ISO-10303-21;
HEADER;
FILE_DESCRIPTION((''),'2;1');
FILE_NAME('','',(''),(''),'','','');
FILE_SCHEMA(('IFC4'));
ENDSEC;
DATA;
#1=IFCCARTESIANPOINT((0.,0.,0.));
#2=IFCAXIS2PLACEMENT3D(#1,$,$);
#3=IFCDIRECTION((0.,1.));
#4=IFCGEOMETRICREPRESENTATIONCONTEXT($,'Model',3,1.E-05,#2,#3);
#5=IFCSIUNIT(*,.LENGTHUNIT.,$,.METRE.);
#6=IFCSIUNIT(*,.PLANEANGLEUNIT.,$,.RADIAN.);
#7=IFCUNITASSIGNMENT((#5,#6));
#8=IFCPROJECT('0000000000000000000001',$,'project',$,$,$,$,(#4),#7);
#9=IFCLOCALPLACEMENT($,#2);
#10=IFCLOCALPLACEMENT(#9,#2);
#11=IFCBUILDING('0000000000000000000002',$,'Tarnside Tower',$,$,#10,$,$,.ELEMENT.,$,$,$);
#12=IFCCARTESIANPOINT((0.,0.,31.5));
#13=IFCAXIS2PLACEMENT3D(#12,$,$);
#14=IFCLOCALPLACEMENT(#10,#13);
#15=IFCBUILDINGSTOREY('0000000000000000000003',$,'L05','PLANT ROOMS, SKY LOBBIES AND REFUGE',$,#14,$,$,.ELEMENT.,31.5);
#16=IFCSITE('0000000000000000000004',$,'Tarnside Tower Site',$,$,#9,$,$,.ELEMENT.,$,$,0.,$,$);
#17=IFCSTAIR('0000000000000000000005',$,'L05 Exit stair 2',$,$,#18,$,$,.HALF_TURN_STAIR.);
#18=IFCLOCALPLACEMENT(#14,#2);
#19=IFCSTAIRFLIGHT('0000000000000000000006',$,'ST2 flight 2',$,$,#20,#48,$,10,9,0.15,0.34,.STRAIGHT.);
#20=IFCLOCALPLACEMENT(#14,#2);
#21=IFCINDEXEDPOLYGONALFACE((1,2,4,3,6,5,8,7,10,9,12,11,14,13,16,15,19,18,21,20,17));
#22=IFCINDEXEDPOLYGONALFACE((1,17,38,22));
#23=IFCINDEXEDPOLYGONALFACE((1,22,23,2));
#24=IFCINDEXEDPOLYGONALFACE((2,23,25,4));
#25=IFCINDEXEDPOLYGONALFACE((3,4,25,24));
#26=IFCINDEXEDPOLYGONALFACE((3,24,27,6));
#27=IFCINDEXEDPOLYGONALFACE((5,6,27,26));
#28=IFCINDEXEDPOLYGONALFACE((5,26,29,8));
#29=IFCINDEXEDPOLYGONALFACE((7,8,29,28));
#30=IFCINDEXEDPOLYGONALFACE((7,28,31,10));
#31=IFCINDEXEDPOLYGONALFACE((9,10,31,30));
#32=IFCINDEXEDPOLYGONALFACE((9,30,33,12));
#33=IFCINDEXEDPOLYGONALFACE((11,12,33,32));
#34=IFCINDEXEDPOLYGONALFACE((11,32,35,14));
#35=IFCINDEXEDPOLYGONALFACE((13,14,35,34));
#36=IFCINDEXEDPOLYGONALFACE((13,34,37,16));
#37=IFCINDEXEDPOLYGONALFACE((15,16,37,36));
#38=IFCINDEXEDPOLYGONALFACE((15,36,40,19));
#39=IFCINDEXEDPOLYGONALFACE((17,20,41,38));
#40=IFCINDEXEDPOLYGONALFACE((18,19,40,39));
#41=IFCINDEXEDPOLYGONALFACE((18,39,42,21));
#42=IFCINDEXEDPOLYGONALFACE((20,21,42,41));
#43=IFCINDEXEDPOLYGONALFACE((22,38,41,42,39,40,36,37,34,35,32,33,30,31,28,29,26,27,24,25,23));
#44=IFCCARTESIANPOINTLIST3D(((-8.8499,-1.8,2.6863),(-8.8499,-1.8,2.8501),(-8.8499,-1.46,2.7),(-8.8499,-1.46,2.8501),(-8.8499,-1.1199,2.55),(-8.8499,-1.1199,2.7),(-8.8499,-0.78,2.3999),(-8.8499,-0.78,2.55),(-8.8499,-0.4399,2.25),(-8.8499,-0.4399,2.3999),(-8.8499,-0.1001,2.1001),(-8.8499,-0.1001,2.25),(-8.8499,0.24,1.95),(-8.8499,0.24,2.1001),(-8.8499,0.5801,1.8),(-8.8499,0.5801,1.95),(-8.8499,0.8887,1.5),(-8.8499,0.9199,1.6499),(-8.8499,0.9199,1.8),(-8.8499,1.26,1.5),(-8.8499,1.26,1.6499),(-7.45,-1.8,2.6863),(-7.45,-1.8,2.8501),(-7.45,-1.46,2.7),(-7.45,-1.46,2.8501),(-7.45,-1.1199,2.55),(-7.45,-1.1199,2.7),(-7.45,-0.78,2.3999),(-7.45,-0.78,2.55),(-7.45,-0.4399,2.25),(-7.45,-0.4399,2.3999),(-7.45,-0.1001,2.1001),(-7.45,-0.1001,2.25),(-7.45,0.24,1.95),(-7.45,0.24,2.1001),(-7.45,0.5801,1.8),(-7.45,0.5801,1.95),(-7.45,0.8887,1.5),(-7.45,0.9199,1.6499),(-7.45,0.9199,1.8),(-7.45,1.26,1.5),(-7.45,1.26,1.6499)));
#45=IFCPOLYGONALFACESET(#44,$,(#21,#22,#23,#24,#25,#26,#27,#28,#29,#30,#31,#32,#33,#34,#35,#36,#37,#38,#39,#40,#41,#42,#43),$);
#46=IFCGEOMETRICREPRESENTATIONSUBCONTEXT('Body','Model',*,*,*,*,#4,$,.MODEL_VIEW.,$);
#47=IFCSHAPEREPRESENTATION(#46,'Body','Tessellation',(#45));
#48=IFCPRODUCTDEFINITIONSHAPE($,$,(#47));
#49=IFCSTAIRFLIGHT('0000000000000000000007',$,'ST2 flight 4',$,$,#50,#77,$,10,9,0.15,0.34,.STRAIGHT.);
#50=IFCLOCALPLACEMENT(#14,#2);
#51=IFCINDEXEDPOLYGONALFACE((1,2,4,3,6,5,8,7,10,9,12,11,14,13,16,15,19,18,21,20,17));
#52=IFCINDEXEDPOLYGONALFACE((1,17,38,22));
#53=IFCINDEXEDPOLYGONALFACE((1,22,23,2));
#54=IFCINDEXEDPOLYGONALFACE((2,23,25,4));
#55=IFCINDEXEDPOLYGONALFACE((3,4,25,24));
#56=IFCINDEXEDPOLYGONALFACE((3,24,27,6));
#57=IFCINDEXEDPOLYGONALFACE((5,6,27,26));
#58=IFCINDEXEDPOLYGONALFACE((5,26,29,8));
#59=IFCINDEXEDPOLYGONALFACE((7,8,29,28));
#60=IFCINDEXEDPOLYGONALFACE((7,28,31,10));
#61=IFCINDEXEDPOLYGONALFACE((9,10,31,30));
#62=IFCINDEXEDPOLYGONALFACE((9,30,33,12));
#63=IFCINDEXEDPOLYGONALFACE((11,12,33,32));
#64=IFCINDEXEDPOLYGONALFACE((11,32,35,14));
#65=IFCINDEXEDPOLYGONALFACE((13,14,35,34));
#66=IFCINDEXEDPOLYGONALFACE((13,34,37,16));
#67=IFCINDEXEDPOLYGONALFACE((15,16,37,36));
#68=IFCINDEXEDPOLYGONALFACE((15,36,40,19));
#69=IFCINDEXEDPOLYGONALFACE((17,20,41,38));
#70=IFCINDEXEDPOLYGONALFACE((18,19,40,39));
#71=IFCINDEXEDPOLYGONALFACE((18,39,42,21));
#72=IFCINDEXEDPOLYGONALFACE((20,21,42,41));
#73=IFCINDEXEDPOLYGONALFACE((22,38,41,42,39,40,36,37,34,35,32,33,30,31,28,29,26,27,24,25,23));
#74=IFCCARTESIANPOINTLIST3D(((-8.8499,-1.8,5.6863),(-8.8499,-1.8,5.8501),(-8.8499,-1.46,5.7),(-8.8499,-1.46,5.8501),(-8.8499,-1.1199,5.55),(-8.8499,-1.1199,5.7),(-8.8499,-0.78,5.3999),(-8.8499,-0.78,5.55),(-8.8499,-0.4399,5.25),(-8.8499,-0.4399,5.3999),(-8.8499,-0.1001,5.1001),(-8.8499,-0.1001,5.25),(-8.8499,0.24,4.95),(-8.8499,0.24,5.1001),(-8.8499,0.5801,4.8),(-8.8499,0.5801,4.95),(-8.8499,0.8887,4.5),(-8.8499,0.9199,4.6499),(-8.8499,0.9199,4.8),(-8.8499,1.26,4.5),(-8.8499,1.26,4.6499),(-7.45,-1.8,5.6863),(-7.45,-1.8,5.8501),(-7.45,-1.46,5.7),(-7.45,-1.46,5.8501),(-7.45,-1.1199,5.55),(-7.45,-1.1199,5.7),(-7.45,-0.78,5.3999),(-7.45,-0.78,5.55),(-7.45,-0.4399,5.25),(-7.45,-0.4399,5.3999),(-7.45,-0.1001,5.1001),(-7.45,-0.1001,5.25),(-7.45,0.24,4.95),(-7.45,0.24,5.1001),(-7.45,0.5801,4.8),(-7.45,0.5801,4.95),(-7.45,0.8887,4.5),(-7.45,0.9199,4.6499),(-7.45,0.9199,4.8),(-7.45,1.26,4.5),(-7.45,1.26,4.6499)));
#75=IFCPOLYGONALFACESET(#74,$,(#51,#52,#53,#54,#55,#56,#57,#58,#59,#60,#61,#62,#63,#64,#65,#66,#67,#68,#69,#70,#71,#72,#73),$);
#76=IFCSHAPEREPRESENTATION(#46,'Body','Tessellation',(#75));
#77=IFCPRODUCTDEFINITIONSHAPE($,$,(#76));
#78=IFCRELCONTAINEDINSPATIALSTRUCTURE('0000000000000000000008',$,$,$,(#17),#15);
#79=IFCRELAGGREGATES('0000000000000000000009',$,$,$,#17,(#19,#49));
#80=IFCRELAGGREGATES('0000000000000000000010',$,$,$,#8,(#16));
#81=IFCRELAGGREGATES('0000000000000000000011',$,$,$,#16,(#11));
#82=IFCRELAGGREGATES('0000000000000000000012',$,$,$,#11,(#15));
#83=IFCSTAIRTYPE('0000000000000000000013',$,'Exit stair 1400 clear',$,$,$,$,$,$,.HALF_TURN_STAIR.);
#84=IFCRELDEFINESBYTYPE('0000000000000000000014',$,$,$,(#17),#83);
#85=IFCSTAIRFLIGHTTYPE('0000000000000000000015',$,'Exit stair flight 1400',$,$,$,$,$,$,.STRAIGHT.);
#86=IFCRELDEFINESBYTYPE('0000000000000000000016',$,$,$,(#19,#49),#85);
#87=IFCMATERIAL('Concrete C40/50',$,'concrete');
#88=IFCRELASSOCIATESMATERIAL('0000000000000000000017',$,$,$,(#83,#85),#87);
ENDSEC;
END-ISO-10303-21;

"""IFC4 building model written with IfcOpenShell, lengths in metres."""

from ifc_helpers import new_model, si_unit, direction, frame, origin, place, context, subcontext, project, spatial, polyline, outline, extrude, material, type_object, element, aggregate, save


model = new_model("IFC4")

# Units and contexts
model_context = context("Model", 3, precision=1e-05, world=origin(), true_north=direction((0.0, 1.0)))
body_context = subcontext(model_context, "Body", "Model", "MODEL_VIEW")
ifc_project = project(units=[si_unit("LENGTHUNIT", "METRE"), si_unit("PLANEANGLEUNIT", "RADIAN")], contexts=[model_context])

# Site, building, storey
site_placement = place(None, origin())
site = spatial("IfcSite", under=ifc_project, at=site_placement, Name="Tarnside Tower Site", CompositionType="ELEMENT", RefElevation=0.0)
building_placement = place(site_placement, origin())
building = spatial("IfcBuilding", under=site, at=building_placement, Name="Tarnside Tower", CompositionType="ELEMENT")
storey_placement = place(building_placement, frame((0.0, 0.0, 31.5)))
storey = spatial("IfcBuildingStorey", under=building, at=storey_placement, Name="L05", Description="PLANT ROOMS, SKY LOBBIES AND REFUGE", CompositionType="ELEMENT", Elevation=31.5)

# Shared definitions
ifc_material_1 = material(Name="Concrete C40/50", Category="concrete")
stair_type = type_object("IfcStairType", Name="Exit stair 1400 clear", PredefinedType="HALF_TURN_STAIR", material=ifc_material_1)

# Stair, stair flights
stair_1_placement = place(storey_placement, origin())
stair_1 = element("IfcStair", 1, at=stair_1_placement, inside=storey, type_object=stair_type, Name="L05 Exit stair 2", PredefinedType="HALF_TURN_STAIR")
stair_flight_type = type_object("IfcStairFlightType", Name="Exit stair flight 1400", PredefinedType="STRAIGHT", material=ifc_material_1)
stair_flight_1_placement = place(storey_placement, frame((-8.1499, 1.26, 1.5), z_axis=(0.0, 0.0, 1.0), x_axis=(0.0, -1.0, 0.0)))
stair_flight_1 = element("IfcStairFlight", 2, at=stair_flight_1_placement, type_object=stair_flight_type, Name="ST2 flight 2", NumberOfRisers=10, NumberOfTreads=9, PredefinedType="STRAIGHT", RiserHeight=0.15, TreadLength=0.34, context=body_context, shape_type="SweptSolid", body=[
    extrude(outline(polyline([(0.0, 0.0), (0.0, 0.1499), (0.3401, 0.1499), (0.3401, 0.3), (0.6799, 0.3), (0.6799, 0.45), (1.02, 0.45), (1.02, 0.6001), (1.3601, 0.6001), (1.3601, 0.75), (1.7, 0.75), (1.7, 0.8999), (2.04, 0.8999), (2.04, 1.05), (2.3799, 1.05), (2.3799, 1.2), (2.72, 1.2), (2.72, 1.3501), (3.0601, 1.3501), (3.0601, 1.5), (3.0601, 1.1863), (0.3713, 0.0), (0.0, 0.0)])), frame((0.0, 0.7, 0.0), z_axis=(0.0, -1.0, 0.0), x_axis=(1.0, 0.0, 0.0)), (0.0, 0.0, 1.0), 1.3999),
])
stair_flight_2_placement = place(storey_placement, frame((-8.1499, 1.26, 4.5), z_axis=(0.0, 0.0, 1.0), x_axis=(0.0, -1.0, 0.0)))
stair_flight_2 = element("IfcStairFlight", 3, at=stair_flight_2_placement, type_object=stair_flight_type, Name="ST2 flight 4", NumberOfRisers=10, NumberOfTreads=9, PredefinedType="STRAIGHT", RiserHeight=0.15, TreadLength=0.34, context=body_context, shape_type="SweptSolid", body=[
    extrude(outline(polyline([(0.0, 0.0), (0.0, 0.1499), (0.3401, 0.1499), (0.3401, 0.3), (0.6799, 0.3), (0.6799, 0.45), (1.02, 0.45), (1.02, 0.6001), (1.3601, 0.6001), (1.3601, 0.75), (1.7, 0.75), (1.7, 0.8999), (2.04, 0.8999), (2.04, 1.05), (2.3799, 1.05), (2.3799, 1.2), (2.72, 1.2), (2.72, 1.3501), (3.0601, 1.3501), (3.0601, 1.5), (3.0601, 1.1863), (0.3713, 0.0), (0.0, 0.0)])), frame((0.0, 0.7, 0.0), z_axis=(0.0, -1.0, 0.0), x_axis=(1.0, 0.0, 0.0)), (0.0, 0.0, 1.0), 1.3999),
])
aggregate(stair_1, [stair_flight_1, stair_flight_2])

save(model, "model.ifc")
